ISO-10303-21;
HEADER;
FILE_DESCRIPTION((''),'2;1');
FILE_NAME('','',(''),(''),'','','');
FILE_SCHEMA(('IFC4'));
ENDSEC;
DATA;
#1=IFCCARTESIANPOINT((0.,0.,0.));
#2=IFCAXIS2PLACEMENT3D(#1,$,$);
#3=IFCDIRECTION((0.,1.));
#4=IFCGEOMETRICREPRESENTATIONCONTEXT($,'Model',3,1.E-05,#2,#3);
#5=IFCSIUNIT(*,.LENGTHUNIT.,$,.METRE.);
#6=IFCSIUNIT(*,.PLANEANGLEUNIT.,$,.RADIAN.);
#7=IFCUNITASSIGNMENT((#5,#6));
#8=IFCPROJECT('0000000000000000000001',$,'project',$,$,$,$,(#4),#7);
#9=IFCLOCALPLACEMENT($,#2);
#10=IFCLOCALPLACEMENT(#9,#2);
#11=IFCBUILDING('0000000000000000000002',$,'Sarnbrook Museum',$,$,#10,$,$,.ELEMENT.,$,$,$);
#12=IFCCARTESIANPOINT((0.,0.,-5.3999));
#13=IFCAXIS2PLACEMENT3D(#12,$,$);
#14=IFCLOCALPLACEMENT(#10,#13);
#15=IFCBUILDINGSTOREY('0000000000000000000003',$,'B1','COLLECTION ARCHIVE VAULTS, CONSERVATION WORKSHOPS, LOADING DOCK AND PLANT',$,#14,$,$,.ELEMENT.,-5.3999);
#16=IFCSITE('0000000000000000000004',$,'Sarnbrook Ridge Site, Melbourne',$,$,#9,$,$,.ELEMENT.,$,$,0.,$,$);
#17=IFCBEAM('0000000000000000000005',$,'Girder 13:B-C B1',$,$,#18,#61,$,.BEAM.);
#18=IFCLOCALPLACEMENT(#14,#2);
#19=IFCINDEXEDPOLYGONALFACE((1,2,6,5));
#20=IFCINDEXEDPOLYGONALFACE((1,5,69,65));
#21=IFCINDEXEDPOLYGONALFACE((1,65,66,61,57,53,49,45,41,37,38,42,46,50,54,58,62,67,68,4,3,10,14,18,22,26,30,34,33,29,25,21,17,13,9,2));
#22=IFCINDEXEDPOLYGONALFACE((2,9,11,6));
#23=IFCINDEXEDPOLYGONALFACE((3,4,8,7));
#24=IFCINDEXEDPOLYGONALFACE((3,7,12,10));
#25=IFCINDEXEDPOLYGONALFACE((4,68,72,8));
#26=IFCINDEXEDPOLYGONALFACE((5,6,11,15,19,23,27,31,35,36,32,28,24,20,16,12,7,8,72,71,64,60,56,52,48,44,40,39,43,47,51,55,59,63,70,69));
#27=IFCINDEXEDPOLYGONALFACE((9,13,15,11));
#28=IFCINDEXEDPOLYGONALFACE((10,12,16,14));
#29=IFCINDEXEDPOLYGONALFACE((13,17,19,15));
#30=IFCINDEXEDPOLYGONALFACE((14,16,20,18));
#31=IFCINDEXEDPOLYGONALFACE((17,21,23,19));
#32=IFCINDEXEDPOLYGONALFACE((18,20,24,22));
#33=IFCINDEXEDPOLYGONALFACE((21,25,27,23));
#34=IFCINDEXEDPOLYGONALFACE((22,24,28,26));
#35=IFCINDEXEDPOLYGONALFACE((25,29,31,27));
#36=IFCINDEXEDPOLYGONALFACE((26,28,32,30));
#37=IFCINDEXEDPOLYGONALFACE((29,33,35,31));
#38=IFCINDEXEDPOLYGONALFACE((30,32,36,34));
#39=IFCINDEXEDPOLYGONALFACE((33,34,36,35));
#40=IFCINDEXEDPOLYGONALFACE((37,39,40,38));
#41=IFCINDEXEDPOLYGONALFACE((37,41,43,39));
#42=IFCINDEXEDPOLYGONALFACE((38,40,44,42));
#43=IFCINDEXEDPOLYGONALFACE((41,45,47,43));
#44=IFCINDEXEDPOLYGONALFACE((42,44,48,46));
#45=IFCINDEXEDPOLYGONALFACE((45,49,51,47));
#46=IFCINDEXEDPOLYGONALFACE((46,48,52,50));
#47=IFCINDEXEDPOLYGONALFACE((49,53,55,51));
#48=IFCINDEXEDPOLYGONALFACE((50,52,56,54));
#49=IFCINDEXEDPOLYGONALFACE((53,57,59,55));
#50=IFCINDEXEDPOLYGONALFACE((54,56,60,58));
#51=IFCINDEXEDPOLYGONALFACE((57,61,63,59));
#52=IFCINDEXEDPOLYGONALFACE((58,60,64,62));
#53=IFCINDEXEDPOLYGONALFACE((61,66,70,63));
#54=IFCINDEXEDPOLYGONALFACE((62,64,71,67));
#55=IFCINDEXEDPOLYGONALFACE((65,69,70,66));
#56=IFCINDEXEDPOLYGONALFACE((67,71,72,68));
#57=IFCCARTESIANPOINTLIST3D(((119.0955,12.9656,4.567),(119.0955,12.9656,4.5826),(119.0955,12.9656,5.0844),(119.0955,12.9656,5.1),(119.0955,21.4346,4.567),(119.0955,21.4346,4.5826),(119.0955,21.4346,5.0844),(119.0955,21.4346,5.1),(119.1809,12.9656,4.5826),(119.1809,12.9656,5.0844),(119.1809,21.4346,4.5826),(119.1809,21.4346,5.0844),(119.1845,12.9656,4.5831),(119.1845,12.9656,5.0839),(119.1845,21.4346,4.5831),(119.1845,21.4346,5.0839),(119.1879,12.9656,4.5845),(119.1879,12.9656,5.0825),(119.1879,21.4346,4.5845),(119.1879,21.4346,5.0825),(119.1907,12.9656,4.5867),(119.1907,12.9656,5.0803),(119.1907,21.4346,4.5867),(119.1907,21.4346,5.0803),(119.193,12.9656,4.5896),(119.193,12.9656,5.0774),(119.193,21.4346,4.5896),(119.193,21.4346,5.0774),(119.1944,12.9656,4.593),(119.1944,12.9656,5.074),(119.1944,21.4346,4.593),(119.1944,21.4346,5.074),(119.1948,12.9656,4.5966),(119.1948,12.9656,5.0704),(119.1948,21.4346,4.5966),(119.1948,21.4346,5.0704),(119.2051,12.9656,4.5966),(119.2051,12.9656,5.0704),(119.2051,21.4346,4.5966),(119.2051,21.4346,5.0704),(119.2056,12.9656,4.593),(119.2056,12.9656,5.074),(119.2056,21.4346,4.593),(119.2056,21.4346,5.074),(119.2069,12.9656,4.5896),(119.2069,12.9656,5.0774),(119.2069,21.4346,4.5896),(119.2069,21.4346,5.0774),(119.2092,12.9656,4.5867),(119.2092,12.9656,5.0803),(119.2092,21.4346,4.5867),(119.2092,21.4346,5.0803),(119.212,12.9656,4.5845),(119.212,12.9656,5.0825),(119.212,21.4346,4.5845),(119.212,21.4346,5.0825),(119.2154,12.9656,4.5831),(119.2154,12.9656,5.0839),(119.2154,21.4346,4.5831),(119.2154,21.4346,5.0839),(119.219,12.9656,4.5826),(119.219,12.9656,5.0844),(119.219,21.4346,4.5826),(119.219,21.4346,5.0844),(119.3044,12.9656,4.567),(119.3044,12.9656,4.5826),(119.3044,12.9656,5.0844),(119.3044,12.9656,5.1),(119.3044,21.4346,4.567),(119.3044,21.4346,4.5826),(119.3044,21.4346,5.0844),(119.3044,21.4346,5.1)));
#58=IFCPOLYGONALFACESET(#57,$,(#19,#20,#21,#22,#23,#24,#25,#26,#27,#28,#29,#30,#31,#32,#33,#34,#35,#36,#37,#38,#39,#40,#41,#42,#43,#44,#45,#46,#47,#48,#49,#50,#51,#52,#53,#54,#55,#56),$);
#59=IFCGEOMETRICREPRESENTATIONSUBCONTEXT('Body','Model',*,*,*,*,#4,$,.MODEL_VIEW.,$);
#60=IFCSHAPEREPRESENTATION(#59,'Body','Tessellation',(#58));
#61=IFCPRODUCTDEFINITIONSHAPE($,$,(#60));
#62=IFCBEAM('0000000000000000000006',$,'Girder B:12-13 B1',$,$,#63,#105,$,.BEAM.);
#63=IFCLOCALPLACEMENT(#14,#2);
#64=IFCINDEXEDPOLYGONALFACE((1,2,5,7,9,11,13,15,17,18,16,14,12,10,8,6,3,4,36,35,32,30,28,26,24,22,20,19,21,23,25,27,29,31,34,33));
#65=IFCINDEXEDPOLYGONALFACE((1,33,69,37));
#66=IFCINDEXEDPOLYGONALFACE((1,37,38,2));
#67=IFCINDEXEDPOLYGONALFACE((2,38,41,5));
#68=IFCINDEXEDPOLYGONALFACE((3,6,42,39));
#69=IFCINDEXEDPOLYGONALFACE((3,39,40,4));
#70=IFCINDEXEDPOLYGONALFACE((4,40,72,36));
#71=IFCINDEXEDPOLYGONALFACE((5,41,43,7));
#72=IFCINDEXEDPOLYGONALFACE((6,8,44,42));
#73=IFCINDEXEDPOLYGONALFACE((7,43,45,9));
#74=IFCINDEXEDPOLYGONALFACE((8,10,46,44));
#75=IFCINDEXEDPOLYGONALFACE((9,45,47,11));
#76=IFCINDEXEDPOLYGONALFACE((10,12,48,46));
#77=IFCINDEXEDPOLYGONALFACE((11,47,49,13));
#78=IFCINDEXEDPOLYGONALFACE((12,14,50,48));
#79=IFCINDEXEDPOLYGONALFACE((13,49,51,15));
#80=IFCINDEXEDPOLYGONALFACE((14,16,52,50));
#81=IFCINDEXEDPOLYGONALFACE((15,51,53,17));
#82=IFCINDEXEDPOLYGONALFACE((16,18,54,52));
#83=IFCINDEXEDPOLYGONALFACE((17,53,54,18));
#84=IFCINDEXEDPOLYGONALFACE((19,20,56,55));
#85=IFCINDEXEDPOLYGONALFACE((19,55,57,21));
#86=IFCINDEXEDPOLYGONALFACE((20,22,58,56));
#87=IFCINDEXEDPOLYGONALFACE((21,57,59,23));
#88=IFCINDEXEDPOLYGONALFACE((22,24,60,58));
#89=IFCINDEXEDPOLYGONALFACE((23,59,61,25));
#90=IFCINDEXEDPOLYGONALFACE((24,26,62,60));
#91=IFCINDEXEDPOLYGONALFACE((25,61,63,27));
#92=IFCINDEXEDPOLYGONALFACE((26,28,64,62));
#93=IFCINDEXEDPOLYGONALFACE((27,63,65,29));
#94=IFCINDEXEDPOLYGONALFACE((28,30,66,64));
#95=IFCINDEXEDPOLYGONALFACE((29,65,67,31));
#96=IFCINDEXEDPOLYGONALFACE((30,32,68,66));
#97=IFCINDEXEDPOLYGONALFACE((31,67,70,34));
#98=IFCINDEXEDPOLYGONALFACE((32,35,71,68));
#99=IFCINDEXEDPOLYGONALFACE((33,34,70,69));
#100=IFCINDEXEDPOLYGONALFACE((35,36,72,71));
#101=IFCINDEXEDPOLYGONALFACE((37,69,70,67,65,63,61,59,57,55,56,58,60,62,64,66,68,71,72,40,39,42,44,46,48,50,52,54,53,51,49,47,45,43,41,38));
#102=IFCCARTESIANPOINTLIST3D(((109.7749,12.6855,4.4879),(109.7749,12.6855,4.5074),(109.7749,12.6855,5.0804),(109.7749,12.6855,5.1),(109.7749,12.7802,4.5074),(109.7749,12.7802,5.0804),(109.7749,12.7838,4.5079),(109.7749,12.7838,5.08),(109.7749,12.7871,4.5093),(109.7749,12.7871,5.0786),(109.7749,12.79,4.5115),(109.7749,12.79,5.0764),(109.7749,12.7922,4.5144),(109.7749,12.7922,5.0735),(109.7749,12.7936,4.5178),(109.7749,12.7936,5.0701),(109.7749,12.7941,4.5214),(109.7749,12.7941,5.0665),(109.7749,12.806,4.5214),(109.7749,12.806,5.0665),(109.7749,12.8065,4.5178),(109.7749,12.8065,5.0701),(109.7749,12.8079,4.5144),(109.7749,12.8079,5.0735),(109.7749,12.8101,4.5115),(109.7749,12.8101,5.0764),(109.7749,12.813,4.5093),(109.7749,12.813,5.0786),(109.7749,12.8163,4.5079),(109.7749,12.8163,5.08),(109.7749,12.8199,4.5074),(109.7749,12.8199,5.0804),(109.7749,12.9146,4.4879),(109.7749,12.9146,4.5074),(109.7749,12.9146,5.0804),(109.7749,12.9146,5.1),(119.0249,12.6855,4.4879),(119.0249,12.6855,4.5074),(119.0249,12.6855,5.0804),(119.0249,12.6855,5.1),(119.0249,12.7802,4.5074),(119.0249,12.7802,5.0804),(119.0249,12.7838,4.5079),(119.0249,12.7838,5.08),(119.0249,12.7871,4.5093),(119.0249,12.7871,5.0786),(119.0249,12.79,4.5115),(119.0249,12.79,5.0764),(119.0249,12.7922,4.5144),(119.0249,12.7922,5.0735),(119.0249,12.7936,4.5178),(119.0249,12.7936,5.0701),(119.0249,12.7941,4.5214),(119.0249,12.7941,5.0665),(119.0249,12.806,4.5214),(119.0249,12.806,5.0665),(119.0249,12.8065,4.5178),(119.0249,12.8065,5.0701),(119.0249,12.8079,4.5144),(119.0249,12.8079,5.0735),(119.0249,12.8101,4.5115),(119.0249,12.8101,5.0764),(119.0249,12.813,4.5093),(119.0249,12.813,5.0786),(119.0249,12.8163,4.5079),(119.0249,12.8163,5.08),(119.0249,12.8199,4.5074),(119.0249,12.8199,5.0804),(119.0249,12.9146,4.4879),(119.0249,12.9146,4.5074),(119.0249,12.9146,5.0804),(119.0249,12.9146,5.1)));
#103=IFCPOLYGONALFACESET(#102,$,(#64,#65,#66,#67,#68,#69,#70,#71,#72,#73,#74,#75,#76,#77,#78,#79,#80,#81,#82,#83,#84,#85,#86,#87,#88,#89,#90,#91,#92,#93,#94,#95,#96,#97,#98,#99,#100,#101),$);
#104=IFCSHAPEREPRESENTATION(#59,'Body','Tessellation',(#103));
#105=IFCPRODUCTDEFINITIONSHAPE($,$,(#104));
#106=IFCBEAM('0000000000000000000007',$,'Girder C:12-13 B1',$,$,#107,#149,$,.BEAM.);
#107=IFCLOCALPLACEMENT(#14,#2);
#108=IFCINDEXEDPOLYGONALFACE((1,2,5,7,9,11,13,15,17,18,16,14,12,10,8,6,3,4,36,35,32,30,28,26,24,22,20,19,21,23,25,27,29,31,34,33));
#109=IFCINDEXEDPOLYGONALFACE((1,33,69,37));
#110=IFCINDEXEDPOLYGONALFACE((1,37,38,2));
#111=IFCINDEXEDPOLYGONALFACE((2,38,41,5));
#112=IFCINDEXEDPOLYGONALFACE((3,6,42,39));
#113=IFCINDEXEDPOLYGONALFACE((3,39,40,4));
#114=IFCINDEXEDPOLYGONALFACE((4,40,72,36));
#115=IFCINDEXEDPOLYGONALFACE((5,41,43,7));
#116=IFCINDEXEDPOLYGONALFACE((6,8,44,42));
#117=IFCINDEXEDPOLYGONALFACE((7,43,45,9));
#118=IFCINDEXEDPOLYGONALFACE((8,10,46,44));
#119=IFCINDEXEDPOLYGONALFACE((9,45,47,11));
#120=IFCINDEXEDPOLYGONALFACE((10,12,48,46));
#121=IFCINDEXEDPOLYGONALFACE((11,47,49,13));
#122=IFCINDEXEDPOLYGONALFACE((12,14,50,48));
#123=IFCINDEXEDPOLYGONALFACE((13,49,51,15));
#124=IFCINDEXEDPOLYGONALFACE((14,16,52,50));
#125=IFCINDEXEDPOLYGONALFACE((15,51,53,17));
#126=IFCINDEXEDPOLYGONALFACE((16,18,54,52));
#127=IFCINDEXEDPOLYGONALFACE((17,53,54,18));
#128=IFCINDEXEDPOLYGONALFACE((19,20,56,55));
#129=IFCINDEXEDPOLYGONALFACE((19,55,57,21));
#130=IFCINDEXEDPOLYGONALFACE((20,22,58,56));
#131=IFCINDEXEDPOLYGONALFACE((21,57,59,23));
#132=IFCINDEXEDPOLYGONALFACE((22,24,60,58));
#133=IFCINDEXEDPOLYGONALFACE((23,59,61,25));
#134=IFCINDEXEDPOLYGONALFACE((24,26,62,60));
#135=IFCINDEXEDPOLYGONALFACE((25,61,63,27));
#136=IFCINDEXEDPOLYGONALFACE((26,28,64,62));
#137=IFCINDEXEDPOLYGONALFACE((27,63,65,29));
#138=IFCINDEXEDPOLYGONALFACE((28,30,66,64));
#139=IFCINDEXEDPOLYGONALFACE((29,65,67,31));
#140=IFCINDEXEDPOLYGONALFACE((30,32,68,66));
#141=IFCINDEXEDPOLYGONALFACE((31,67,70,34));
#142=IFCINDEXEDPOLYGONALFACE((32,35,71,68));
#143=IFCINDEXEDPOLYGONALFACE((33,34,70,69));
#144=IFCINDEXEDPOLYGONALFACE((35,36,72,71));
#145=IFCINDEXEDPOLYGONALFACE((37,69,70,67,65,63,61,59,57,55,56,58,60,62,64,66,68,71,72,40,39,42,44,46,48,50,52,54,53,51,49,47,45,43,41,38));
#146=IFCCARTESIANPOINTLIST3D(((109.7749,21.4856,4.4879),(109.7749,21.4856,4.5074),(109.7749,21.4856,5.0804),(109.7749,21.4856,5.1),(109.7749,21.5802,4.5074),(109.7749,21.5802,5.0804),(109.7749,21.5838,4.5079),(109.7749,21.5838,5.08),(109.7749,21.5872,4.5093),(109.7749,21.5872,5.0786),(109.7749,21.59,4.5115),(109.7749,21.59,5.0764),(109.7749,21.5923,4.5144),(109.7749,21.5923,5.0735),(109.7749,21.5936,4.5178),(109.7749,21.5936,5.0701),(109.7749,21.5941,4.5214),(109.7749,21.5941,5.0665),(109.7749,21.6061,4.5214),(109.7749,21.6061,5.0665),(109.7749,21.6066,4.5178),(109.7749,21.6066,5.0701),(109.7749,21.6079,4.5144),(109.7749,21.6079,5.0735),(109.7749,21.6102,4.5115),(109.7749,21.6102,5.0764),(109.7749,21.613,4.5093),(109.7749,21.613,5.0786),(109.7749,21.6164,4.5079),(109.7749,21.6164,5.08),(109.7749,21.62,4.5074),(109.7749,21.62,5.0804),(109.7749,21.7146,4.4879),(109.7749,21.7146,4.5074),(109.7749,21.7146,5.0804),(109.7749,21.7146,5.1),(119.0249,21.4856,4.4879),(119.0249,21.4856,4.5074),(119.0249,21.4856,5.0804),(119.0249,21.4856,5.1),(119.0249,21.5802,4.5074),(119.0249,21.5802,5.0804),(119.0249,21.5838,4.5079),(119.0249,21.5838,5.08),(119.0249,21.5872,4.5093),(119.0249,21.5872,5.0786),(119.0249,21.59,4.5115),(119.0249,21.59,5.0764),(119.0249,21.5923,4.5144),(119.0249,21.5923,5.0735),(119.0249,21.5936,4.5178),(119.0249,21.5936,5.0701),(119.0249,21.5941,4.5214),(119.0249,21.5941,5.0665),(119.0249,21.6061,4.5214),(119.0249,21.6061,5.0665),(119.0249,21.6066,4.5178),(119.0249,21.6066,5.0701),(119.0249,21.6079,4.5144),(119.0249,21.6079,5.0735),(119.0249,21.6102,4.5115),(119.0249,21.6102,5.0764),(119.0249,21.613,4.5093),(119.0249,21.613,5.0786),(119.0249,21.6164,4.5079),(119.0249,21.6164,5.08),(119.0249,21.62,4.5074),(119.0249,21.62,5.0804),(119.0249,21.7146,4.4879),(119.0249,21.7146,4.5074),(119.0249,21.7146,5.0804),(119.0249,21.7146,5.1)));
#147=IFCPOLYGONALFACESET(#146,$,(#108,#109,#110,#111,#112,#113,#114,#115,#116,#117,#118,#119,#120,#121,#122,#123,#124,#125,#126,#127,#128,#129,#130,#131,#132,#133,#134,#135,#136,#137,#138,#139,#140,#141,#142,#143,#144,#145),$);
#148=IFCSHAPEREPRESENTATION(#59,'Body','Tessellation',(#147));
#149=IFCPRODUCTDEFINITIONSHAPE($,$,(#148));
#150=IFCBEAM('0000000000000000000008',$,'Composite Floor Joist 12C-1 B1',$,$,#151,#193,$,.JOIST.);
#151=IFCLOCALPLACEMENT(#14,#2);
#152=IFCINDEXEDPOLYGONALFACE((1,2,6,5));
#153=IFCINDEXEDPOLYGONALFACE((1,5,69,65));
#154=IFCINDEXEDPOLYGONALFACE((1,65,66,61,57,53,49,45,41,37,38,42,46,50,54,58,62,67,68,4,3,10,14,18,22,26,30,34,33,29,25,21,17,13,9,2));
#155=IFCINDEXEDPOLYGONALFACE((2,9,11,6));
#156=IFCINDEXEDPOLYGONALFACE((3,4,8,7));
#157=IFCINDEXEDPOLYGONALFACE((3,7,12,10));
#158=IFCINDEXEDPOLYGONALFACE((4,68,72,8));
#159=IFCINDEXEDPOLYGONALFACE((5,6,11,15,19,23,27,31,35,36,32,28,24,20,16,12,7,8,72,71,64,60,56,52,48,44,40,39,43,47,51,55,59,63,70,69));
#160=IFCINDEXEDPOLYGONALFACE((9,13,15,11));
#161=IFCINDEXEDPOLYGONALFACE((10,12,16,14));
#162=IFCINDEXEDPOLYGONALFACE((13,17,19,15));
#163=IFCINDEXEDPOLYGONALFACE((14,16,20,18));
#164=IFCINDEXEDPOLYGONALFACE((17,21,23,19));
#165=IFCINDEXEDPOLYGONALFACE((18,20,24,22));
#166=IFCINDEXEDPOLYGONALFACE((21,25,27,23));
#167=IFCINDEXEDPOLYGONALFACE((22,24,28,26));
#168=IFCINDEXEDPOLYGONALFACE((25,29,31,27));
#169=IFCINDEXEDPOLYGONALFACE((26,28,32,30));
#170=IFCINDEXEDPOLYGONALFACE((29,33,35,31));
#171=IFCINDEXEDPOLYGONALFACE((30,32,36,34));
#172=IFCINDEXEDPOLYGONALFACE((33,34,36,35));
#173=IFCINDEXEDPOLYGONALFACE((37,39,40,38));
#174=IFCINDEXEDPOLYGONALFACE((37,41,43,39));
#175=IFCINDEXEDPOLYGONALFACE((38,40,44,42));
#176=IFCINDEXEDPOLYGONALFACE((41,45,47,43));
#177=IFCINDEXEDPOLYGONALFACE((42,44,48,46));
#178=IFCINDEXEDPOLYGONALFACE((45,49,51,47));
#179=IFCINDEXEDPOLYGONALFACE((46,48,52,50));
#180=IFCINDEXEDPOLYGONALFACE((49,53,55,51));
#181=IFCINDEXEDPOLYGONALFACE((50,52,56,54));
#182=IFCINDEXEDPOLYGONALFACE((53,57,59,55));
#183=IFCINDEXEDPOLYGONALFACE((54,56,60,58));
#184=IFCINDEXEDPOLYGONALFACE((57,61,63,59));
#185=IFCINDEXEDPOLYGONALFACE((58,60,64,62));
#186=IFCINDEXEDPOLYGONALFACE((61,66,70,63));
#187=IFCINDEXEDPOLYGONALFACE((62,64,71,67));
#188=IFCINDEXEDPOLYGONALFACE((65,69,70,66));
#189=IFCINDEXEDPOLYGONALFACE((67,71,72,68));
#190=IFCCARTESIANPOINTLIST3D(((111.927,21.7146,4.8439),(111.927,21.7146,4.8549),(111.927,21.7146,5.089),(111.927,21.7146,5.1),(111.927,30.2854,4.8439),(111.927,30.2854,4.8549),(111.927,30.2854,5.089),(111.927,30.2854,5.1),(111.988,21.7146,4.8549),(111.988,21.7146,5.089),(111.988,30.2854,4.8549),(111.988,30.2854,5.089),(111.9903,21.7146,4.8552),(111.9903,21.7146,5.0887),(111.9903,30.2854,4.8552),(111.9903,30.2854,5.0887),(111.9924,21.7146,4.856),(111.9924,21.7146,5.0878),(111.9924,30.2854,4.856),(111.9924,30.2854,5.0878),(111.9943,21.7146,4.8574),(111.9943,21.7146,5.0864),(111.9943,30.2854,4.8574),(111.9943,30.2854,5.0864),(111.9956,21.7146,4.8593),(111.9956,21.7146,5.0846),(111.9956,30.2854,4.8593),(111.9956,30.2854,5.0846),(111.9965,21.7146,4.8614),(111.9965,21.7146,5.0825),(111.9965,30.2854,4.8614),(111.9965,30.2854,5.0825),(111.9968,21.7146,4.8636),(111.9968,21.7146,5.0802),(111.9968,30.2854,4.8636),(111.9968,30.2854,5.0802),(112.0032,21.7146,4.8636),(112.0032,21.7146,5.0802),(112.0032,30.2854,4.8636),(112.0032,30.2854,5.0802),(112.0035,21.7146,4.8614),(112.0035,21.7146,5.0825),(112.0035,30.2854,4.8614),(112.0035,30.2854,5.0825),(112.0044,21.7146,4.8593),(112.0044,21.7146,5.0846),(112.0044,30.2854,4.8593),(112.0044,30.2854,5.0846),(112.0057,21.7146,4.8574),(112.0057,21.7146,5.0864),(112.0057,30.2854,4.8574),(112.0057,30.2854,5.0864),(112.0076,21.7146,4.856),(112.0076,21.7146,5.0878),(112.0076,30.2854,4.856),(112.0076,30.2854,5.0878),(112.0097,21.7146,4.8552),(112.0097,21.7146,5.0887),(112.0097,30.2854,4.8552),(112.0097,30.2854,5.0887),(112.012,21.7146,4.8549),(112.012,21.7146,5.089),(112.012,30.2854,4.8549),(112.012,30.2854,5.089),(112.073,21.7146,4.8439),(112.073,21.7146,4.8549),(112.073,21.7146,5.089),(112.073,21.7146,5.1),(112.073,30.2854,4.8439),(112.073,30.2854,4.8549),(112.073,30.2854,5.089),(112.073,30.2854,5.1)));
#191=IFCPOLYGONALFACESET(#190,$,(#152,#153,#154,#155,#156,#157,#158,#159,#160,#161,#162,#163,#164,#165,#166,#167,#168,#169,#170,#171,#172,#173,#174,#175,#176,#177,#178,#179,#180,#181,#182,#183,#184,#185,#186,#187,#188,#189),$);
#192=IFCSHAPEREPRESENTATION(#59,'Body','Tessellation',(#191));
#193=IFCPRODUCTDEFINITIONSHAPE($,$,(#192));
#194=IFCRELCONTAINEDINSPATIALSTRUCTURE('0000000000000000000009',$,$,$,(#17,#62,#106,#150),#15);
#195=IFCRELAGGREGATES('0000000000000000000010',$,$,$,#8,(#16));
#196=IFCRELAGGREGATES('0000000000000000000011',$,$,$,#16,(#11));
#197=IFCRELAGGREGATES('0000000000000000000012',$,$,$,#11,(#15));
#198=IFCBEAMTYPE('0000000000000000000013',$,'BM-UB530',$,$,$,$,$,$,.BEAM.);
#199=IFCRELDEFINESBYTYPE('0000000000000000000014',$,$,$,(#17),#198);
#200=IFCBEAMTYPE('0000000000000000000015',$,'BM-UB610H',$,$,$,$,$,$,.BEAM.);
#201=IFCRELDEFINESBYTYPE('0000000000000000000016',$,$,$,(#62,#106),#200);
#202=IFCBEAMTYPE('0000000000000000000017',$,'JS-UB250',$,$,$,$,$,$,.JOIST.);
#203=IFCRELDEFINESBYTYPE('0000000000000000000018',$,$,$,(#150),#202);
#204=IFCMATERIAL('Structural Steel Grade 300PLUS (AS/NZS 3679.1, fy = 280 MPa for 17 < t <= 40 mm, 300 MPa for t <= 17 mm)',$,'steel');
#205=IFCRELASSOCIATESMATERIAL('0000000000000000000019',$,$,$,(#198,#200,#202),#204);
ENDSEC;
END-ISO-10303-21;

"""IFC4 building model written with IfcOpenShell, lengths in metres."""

from ifc_helpers import new_model, si_unit, direction, frame, origin, origin_2d, place, context, subcontext, project, spatial, i_section, extrude, material, material_profile, profile_set, type_object, element, save


model = new_model("IFC4")

# Units and contexts
model_context = context("Model", 3, precision=1e-05, world=origin(), true_north=direction((0.0, 1.0)))
body_context = subcontext(model_context, "Body", "Model", "MODEL_VIEW")
ifc_project = project(units=[si_unit("LENGTHUNIT", "METRE"), si_unit("PLANEANGLEUNIT", "RADIAN")], contexts=[model_context])

# Site, building, storey
site_placement = place(None, origin())
site = spatial("IfcSite", under=ifc_project, at=site_placement, Name="Sarnbrook Ridge Site, Melbourne", CompositionType="ELEMENT", RefElevation=0.0)
building_placement = place(site_placement, origin())
building = spatial("IfcBuilding", under=site, at=building_placement, Name="Sarnbrook Museum", CompositionType="ELEMENT")
storey_placement = place(building_placement, frame((0.0, 0.0, -5.3999)))
storey = spatial("IfcBuildingStorey", under=building, at=storey_placement, Name="B1", Description="COLLECTION ARCHIVE VAULTS, CONSERVATION WORKSHOPS, LOADING DOCK AND PLANT", CompositionType="ELEMENT", Elevation=-5.3999)

# Beams
ifc_material_1 = material(Name="Structural Steel Grade 300PLUS (AS/NZS 3679.1, fy = 280 MPa for 17 < t <= 40 mm, 300 MPa for t <= 17 mm)", Category="steel")
ifc_material_profile_1 = material_profile(ifc_material_1, i_section(OverallWidth=0.209, OverallDepth=0.533, WebThickness=0.0103, FlangeThickness=0.0156, FilletRadius=0.0139, at=origin_2d()), Name="530UB92.4")
ifc_profile_set_1 = profile_set([ifc_material_profile_1], Name="Structural Steel Grade 300PLUS (AS/NZS 3679.1, fy = 280 MPa for 17 < t <= 40 mm, 300 MPa for t <= 17 mm)")
beam_type_1 = type_object("IfcBeamType", Name="BM-UB530", PredefinedType="BEAM", material=ifc_profile_set_1)
beam_1_placement = place(storey_placement, frame((119.2, 12.9656, 4.8335), z_axis=(0.0, 1.0, 0.0), x_axis=(-1.0, 0.0, 0.0)))
element("IfcBeam", 1, at=beam_1_placement, inside=storey, type_object=beam_type_1, Name="Girder 13:B-C B1", PredefinedType="BEAM", context=body_context, shape_type="SweptSolid", body=[
    extrude(i_section(OverallWidth=0.209, OverallDepth=0.533, WebThickness=0.0103, FlangeThickness=0.0156, FilletRadius=0.0139, at=origin_2d()), origin(), (0.0, 0.0, 1.0), 8.469),
])
ifc_material_profile_2 = material_profile(ifc_material_1, i_section(OverallWidth=0.229, OverallDepth=0.6121, WebThickness=0.012, FlangeThickness=0.0195, FilletRadius=0.0139, at=origin_2d()), Name="610UB125")
ifc_profile_set_2 = profile_set([ifc_material_profile_2], Name="Structural Steel Grade 300PLUS (AS/NZS 3679.1, fy = 280 MPa for 17 < t <= 40 mm, 300 MPa for t <= 17 mm)")
beam_type_2 = type_object("IfcBeamType", Name="BM-UB610H", PredefinedType="BEAM", material=ifc_profile_set_2)
for number, where, z_axis, x_axis, name in (
    (2, (109.7749, 12.8, 4.7939), (1.0, 0.0, 0.0), (0.0, 1.0, 0.0), "Girder B:12-13 B1"),
    (3, (109.7749, 21.6001, 4.7939), (1.0, 0.0, 0.0), (0.0, 1.0, 0.0), "Girder C:12-13 B1"),
):
    element("IfcBeam", number, at=place(storey_placement, frame(where, z_axis=z_axis, x_axis=x_axis)), inside=storey, type_object=beam_type_2, Name=name, PredefinedType="BEAM", context=body_context, shape_type="SweptSolid", body=[
        extrude(i_section(OverallWidth=0.229, OverallDepth=0.6121, WebThickness=0.012, FlangeThickness=0.0195, FilletRadius=0.0139, at=origin_2d()), origin(), (0.0, 0.0, 1.0), 9.25),
    ])
ifc_material_profile_3 = material_profile(ifc_material_1, i_section(OverallWidth=0.146, OverallDepth=0.2561, WebThickness=0.0063, FlangeThickness=0.011, FilletRadius=0.0088, at=origin_2d()), Name="250UB37.3")
ifc_profile_set_3 = profile_set([ifc_material_profile_3], Name="Structural Steel Grade 300PLUS (AS/NZS 3679.1, fy = 280 MPa for 17 < t <= 40 mm, 300 MPa for t <= 17 mm)")
beam_type_3 = type_object("IfcBeamType", Name="JS-UB250", PredefinedType="JOIST", material=ifc_profile_set_3)
for number, where, z_axis, x_axis, name in (
    (4, (112.0, 21.7146, 4.9719), (0.0, 1.0, 0.0), (-1.0, 0.0, 0.0), "Composite Floor Joist 12C-1 B1"),
):
    element("IfcBeam", number, at=place(storey_placement, frame(where, z_axis=z_axis, x_axis=x_axis)), inside=storey, type_object=beam_type_3, Name=name, PredefinedType="JOIST", context=body_context, shape_type="SweptSolid", body=[
        extrude(i_section(OverallWidth=0.146, OverallDepth=0.2561, WebThickness=0.0063, FlangeThickness=0.011, FilletRadius=0.0088, at=origin_2d()), origin(), (0.0, 0.0, 1.0), 8.5708),
    ])

save(model, "model.ifc")
